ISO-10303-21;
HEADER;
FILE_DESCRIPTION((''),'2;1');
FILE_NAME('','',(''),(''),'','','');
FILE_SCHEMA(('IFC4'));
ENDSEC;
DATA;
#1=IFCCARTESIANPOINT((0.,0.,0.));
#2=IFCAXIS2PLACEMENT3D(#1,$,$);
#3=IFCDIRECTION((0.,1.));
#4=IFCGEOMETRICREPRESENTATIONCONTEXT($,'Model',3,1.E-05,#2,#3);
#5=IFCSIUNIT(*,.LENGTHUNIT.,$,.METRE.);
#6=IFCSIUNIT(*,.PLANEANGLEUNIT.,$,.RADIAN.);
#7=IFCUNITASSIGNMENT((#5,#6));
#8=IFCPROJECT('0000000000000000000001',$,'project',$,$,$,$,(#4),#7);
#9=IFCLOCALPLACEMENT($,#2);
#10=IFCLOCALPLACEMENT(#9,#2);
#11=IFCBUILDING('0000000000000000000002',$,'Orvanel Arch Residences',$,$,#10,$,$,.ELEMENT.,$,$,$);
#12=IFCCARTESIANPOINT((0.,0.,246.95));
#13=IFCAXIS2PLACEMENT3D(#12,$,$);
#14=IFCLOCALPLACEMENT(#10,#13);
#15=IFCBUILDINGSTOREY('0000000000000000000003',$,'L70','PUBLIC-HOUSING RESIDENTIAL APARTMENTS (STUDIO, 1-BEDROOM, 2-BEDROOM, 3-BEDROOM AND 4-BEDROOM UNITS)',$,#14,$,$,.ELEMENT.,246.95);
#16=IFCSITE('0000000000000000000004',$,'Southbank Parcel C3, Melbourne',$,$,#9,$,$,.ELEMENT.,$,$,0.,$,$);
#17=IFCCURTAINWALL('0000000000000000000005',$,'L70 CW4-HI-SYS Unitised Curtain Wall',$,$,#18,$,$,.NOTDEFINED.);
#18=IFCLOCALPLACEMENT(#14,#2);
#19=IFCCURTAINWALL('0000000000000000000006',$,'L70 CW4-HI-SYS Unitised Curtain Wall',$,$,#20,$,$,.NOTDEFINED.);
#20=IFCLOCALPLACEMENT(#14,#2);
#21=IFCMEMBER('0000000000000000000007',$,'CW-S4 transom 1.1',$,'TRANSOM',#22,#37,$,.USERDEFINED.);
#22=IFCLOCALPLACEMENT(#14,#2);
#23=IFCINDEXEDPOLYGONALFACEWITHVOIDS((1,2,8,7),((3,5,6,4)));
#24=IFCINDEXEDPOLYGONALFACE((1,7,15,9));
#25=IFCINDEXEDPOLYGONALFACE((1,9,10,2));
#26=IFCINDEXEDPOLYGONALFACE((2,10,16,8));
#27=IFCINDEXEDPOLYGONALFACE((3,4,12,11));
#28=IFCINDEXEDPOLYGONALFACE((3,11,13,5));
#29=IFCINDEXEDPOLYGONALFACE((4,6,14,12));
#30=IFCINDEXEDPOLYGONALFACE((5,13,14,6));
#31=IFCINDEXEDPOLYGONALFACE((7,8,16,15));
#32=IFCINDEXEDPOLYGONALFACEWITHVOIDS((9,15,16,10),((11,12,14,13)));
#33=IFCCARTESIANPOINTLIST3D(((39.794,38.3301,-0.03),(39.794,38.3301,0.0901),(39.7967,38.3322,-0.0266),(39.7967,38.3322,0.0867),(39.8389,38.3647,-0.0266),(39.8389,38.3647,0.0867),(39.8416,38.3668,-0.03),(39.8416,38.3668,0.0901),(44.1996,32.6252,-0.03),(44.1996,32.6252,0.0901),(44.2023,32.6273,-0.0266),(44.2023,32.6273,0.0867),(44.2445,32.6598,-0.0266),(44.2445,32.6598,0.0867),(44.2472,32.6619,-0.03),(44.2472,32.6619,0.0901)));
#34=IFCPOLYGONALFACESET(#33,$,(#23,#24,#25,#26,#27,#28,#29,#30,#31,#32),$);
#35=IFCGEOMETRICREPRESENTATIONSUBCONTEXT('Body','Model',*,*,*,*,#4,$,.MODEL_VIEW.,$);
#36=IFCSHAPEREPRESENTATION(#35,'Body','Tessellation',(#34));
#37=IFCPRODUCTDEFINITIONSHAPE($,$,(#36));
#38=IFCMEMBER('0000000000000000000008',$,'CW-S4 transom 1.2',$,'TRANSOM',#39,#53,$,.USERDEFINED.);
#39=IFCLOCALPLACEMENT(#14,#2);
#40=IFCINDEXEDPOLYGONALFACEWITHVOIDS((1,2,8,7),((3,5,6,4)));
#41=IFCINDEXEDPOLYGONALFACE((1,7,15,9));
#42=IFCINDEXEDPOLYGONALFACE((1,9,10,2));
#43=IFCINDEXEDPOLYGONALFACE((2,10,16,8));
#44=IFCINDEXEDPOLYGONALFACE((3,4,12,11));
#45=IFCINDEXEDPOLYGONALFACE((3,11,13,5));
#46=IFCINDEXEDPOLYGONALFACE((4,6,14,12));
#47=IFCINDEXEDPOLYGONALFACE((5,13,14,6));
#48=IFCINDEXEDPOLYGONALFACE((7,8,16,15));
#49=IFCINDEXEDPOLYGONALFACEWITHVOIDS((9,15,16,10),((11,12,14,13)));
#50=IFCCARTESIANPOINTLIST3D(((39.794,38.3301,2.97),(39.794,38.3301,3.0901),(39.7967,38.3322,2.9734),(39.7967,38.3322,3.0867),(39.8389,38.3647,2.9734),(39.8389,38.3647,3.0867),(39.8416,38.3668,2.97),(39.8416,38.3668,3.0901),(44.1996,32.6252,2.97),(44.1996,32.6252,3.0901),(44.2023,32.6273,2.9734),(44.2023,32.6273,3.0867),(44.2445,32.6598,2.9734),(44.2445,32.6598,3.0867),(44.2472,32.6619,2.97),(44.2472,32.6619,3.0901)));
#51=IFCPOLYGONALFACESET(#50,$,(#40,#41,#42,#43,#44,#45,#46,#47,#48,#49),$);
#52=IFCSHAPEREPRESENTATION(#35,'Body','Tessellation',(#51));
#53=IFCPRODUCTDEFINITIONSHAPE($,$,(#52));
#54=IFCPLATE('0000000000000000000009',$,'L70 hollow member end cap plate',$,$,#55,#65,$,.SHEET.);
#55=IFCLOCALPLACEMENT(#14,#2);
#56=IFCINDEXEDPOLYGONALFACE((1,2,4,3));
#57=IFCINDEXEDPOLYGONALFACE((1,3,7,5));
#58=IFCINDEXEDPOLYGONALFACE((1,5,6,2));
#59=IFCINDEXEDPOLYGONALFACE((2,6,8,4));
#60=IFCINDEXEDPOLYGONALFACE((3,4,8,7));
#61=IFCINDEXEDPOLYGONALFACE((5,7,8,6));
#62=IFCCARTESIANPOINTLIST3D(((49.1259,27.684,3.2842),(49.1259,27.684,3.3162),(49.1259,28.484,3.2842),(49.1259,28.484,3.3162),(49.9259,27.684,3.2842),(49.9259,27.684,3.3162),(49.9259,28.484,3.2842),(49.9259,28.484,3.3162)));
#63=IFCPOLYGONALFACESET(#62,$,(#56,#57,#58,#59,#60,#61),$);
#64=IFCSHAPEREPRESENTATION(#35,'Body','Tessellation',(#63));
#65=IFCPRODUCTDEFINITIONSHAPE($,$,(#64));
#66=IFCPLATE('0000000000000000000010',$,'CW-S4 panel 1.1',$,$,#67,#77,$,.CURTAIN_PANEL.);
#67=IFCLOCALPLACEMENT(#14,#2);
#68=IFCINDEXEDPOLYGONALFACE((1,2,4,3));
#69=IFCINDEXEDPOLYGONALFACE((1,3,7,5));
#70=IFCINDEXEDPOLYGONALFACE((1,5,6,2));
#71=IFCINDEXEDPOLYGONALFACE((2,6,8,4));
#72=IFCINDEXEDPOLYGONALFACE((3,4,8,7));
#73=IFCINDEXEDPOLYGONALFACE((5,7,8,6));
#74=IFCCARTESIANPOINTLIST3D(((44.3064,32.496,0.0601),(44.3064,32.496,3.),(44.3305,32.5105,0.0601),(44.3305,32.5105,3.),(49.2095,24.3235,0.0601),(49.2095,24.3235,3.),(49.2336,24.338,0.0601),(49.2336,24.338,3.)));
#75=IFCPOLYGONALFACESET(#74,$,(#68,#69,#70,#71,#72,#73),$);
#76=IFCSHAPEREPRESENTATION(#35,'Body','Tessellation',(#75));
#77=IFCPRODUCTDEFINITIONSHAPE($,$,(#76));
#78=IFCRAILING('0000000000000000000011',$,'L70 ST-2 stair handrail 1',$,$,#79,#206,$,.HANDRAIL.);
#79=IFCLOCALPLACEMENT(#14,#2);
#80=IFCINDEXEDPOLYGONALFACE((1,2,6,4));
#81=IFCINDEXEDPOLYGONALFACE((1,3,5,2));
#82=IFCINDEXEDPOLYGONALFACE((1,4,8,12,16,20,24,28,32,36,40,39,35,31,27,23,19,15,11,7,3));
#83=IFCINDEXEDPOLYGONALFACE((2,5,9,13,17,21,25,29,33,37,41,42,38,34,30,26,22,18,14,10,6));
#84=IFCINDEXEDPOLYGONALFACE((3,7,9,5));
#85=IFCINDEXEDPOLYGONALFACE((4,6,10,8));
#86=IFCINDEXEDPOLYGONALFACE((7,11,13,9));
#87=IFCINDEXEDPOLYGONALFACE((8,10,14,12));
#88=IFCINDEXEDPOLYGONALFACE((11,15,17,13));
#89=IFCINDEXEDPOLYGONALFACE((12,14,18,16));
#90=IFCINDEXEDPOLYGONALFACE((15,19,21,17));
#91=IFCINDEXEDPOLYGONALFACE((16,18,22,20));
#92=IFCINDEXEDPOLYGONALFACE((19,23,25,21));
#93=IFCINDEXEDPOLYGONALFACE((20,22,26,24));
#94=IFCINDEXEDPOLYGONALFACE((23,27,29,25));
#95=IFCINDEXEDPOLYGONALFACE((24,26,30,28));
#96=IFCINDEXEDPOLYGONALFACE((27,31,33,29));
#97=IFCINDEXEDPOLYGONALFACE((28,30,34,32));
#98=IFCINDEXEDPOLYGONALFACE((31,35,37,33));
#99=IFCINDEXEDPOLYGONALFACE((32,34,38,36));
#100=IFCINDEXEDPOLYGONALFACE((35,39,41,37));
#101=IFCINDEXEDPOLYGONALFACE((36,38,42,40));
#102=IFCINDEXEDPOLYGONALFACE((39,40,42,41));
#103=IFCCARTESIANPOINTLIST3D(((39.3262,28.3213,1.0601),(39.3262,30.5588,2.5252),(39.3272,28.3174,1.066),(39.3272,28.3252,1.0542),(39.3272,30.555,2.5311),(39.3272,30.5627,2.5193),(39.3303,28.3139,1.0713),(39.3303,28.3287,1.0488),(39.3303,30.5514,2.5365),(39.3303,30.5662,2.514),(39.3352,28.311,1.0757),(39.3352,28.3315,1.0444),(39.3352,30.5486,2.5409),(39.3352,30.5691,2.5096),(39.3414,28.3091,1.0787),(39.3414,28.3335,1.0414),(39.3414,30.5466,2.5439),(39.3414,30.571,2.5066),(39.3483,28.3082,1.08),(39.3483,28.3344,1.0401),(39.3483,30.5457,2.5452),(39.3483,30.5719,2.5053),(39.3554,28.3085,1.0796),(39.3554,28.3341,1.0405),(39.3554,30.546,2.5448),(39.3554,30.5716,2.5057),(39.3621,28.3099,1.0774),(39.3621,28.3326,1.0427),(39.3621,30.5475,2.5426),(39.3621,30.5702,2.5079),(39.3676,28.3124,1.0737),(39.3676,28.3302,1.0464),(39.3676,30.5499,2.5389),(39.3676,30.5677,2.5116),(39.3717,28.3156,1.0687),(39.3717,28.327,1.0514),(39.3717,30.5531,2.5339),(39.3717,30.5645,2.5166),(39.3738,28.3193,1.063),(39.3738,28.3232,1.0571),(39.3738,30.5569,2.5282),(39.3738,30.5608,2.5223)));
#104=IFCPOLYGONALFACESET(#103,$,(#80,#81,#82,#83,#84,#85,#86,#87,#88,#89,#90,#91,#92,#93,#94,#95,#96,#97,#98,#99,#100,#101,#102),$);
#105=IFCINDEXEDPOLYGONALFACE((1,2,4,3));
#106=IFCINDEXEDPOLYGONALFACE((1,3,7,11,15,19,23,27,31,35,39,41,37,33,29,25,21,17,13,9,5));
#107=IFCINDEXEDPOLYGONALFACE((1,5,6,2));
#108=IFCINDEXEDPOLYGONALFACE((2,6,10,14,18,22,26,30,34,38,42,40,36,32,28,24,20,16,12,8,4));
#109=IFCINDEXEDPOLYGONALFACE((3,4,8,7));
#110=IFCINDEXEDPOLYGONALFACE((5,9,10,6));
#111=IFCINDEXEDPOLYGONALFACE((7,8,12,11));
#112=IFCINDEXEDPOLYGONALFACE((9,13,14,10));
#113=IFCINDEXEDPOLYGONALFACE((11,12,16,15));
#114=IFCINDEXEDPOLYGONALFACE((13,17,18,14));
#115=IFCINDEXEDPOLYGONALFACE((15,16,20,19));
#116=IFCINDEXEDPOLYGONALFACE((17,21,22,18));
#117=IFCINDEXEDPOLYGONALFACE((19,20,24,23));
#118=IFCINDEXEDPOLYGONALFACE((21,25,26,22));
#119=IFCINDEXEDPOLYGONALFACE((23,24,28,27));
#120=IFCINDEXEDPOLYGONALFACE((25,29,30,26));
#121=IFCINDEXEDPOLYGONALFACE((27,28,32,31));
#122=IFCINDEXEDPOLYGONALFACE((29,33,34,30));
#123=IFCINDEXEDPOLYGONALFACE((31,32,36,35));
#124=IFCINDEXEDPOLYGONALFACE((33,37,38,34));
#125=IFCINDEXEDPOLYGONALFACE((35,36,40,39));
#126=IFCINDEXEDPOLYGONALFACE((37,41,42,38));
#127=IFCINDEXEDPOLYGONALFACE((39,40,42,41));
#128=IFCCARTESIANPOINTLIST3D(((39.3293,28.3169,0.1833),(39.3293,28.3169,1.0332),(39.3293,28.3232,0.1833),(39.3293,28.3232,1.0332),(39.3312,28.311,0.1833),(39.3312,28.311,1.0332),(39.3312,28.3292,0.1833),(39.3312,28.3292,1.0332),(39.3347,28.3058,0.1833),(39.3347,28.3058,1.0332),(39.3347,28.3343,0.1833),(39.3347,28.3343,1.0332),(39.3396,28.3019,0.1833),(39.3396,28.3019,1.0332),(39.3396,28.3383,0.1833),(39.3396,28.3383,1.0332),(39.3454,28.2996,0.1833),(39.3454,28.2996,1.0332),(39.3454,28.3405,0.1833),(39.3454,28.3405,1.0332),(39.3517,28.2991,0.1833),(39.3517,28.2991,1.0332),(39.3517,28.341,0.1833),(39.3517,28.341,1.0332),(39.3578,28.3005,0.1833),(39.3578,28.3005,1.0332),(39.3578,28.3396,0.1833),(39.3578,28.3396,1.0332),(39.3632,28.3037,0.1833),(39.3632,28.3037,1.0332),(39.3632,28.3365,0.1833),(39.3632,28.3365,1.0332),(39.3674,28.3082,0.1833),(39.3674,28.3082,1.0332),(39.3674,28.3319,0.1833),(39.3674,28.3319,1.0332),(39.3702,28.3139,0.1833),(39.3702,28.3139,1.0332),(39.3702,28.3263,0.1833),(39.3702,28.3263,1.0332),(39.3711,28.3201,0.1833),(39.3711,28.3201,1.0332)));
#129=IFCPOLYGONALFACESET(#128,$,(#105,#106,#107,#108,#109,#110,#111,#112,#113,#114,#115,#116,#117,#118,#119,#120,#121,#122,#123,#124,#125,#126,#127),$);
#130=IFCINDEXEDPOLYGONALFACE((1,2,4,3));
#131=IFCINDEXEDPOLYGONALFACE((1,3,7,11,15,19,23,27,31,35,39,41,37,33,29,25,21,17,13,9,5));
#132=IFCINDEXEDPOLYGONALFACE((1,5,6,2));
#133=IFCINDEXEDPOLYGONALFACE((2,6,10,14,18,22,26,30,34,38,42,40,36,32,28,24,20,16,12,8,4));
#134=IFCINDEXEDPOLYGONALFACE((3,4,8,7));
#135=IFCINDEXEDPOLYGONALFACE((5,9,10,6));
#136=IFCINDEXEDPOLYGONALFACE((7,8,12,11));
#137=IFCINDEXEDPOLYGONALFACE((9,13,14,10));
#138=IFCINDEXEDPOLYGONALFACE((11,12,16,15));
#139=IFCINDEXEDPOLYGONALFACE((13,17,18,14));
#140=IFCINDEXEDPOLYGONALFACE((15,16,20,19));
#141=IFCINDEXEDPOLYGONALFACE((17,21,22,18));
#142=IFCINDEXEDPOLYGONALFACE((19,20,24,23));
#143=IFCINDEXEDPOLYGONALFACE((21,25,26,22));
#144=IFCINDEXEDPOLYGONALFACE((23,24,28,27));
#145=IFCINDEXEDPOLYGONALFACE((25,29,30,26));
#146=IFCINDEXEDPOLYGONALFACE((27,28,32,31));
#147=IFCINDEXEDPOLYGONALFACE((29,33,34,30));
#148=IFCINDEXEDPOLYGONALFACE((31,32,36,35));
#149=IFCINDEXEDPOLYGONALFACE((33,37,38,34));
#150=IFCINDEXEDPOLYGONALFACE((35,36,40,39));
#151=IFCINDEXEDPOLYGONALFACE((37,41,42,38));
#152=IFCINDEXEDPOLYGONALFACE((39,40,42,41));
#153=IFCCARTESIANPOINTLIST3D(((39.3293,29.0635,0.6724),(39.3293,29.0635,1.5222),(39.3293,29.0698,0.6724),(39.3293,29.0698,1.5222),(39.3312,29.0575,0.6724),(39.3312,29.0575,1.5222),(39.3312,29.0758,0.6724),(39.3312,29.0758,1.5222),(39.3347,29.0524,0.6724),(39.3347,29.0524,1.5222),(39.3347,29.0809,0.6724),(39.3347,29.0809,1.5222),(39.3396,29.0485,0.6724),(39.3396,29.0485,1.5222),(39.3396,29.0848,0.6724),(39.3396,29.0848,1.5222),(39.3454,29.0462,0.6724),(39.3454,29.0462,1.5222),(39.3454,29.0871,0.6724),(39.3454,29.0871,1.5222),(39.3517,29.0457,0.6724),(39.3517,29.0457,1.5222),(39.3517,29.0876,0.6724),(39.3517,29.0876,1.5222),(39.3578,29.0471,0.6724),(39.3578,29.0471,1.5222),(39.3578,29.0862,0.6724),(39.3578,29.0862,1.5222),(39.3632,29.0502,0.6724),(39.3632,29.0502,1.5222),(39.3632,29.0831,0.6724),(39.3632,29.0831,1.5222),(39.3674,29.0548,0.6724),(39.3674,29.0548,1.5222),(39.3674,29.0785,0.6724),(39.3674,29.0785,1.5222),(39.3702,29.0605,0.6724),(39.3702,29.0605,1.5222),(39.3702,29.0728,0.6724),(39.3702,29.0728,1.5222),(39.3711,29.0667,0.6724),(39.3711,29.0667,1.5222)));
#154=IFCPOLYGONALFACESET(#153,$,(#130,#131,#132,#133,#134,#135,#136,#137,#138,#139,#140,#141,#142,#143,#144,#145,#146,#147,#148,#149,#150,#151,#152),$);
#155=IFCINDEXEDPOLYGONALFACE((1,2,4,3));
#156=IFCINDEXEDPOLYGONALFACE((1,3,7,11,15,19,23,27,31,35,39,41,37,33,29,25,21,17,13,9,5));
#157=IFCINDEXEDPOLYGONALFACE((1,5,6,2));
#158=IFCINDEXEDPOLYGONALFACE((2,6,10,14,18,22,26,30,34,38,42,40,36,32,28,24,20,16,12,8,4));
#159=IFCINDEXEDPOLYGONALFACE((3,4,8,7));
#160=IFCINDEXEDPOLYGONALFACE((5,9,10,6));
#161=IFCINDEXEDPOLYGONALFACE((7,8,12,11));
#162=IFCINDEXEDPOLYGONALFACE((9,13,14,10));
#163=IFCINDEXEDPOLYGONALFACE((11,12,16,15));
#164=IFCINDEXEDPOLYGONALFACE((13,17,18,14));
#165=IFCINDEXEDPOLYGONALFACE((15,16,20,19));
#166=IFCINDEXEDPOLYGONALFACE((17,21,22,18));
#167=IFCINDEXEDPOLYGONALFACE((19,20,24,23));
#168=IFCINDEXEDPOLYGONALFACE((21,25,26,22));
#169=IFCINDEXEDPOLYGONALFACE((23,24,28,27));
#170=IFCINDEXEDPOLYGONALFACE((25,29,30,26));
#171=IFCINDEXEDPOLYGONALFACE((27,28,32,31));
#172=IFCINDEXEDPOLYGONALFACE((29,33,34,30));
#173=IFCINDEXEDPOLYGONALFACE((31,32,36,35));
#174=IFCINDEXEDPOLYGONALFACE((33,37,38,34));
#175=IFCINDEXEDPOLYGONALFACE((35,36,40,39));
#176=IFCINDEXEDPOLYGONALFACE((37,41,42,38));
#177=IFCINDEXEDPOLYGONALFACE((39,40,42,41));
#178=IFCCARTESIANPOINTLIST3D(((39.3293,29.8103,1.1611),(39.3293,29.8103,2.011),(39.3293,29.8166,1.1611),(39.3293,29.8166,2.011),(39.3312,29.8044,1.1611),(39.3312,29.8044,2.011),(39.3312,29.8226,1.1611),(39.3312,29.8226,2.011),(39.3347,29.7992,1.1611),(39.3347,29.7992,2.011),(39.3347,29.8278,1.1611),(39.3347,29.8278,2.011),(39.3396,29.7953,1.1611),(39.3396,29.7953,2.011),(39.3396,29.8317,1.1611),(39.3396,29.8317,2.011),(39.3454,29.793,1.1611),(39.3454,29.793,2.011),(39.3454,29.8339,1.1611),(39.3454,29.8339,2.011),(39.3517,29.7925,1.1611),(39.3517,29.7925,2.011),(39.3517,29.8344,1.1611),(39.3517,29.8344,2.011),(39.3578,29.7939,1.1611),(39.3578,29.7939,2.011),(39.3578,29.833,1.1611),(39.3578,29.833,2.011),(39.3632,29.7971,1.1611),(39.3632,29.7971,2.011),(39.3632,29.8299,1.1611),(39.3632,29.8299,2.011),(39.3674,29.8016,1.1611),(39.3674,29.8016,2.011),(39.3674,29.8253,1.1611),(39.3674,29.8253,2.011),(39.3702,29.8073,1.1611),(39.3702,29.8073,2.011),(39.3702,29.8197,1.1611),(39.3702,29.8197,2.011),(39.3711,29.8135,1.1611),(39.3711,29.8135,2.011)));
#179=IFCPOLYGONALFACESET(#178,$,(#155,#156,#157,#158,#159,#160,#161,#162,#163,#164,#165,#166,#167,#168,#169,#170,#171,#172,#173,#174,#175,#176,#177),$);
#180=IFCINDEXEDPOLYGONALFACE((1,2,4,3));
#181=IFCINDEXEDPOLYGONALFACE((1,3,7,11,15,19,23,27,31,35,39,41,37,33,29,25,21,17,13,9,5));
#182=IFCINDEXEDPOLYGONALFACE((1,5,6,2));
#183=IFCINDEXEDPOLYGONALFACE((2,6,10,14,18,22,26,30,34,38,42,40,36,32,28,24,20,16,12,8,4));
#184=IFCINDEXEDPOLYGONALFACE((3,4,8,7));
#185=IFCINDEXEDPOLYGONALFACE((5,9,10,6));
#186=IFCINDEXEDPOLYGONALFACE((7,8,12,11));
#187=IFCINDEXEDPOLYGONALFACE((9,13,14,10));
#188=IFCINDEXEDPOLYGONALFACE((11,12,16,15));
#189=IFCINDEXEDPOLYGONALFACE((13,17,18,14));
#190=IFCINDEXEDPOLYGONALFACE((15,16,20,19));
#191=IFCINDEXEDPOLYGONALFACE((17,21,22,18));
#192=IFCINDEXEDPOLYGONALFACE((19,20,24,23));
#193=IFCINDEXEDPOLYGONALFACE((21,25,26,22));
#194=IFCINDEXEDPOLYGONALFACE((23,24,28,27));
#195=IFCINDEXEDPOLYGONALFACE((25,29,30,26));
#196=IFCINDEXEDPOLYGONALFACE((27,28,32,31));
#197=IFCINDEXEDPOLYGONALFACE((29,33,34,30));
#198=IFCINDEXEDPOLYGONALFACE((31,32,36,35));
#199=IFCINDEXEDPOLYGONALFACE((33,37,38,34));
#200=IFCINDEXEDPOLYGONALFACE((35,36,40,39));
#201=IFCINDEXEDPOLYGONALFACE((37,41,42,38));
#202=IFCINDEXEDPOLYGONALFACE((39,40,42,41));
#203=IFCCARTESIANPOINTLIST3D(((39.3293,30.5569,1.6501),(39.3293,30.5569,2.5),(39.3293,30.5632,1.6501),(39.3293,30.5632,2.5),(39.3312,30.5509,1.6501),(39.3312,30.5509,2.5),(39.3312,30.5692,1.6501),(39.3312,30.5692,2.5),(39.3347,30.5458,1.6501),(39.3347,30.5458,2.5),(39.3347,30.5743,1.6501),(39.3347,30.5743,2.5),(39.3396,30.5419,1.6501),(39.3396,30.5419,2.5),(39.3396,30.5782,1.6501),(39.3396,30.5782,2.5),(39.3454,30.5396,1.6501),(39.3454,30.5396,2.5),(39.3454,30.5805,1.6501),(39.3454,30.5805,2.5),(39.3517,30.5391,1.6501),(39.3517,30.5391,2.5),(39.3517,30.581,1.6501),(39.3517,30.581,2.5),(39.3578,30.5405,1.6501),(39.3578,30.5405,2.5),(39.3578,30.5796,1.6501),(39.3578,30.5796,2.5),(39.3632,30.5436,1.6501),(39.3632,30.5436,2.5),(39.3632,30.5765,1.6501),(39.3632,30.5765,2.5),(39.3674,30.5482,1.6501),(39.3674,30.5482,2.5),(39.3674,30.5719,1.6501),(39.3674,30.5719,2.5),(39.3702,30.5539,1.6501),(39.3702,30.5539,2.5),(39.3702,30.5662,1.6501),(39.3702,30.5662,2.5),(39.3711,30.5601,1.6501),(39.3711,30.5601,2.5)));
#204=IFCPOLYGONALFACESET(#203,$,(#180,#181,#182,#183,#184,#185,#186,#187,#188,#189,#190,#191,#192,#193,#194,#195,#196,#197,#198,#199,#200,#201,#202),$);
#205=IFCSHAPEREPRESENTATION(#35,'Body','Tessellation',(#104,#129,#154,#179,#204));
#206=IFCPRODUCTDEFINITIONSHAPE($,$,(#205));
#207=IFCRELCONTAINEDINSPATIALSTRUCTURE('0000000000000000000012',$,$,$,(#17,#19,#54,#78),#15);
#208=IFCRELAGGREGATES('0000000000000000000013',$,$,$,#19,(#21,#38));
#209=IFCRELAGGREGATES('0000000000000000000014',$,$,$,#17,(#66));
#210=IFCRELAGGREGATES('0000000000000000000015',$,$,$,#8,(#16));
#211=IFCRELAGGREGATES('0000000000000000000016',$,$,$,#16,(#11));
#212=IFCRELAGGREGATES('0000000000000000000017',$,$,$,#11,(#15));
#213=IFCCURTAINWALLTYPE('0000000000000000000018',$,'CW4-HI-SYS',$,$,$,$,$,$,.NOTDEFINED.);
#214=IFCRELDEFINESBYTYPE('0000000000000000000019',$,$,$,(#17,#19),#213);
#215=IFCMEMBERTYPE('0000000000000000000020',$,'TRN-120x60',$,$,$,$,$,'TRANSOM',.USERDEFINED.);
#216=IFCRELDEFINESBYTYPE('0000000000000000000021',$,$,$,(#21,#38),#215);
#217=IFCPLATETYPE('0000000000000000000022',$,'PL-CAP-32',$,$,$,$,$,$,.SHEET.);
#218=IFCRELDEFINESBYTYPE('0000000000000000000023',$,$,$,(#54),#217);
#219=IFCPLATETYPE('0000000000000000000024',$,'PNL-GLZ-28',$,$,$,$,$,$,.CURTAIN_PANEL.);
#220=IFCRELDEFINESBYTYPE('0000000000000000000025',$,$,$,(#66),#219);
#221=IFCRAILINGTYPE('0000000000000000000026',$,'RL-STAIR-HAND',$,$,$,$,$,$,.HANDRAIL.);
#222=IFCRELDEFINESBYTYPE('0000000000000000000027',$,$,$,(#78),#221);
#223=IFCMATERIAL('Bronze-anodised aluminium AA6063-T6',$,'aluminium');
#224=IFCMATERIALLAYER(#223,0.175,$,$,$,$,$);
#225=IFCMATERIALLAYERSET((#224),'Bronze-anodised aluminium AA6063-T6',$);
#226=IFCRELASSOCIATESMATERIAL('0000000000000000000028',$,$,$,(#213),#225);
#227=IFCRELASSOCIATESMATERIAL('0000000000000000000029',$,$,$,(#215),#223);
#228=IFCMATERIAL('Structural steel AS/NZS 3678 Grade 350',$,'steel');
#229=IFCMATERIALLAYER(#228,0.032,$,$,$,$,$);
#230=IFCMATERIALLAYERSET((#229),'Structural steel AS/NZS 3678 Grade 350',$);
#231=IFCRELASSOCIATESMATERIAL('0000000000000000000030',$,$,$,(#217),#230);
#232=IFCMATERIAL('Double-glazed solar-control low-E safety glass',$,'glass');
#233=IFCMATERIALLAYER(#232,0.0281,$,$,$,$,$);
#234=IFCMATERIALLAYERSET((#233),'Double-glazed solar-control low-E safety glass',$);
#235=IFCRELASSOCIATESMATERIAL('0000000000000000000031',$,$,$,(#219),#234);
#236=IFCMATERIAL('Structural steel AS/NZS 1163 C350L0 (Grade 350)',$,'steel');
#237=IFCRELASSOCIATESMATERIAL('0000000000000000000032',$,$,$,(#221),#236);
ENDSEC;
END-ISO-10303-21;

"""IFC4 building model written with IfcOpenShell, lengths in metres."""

from ifc_helpers import new_model, si_unit, direction, frame, origin, origin_2d, place, context, subcontext, project, spatial, rectangle, hollow_rectangle, circle, extrude, material, layer, layer_set, material_profile, profile_set, type_object, element, aggregate, save


model = new_model("IFC4")

# Units and contexts
model_context = context("Model", 3, precision=1e-05, world=origin(), true_north=direction((0.0, 1.0)))
body_context = subcontext(model_context, "Body", "Model", "MODEL_VIEW")
ifc_project = project(units=[si_unit("LENGTHUNIT", "METRE"), si_unit("PLANEANGLEUNIT", "RADIAN")], contexts=[model_context])

# Site, building, storey
site_placement = place(None, origin())
site = spatial("IfcSite", under=ifc_project, at=site_placement, Name="Southbank Parcel C3, Melbourne", CompositionType="ELEMENT", RefElevation=0.0)
building_placement = place(site_placement, origin())
building = spatial("IfcBuilding", under=site, at=building_placement, Name="Orvanel Arch Residences", CompositionType="ELEMENT")
storey_placement = place(building_placement, frame((0.0, 0.0, 246.95)))
storey = spatial("IfcBuildingStorey", under=building, at=storey_placement, Name="L70", Description="PUBLIC-HOUSING RESIDENTIAL APARTMENTS (STUDIO, 1-BEDROOM, 2-BEDROOM, 3-BEDROOM AND 4-BEDROOM UNITS)", CompositionType="ELEMENT", Elevation=246.95)

# Shared definitions
ifc_material_1 = material(Name="Structural steel AS/NZS 1163 C350L0 (Grade 350)", Category="steel")

# Curtain walls
ifc_material_2 = material(Name="Bronze-anodised aluminium AA6063-T6", Category="aluminium")
ifc_layer_1 = layer(ifc_material_2, 0.175)
ifc_layer_set_1 = layer_set([ifc_layer_1], Name="Bronze-anodised aluminium AA6063-T6")
curtain_wall_type = type_object("IfcCurtainWallType", Name="CW4-HI-SYS", PredefinedType="NOTDEFINED", material=ifc_layer_set_1)
curtain_wall_1_placement = place(storey_placement, origin())
curtain_wall_1 = element("IfcCurtainWall", 1, at=curtain_wall_1_placement, inside=storey, type_object=curtain_wall_type, Name="L70 CW4-HI-SYS Unitised Curtain Wall", PredefinedType="NOTDEFINED")
curtain_wall_2_placement = place(storey_placement, origin())
curtain_wall_2 = element("IfcCurtainWall", 2, at=curtain_wall_2_placement, inside=storey, type_object=curtain_wall_type, Name="L70 CW4-HI-SYS Unitised Curtain Wall", PredefinedType="NOTDEFINED")

# Members
ifc_material_profile_1 = material_profile(ifc_material_2, hollow_rectangle(XDim=0.0601, YDim=0.1201, WallThickness=0.0034, at=origin_2d()), Name="ALU120x60x3.5")
ifc_profile_set_1 = profile_set([ifc_material_profile_1], Name="Bronze-anodised aluminium AA6063-T6")
member_type_1 = type_object("IfcMemberType", Name="TRN-120x60", ElementType="TRANSOM", PredefinedType="USERDEFINED", material=ifc_profile_set_1)
member_1_placement = place(storey_placement, frame((44.2234, 32.6436, 0.03), z_axis=(-0.611207, 0.79147, 0.0), x_axis=(-0.79147, -0.611207, 0.0)))
member_1 = element("IfcMember", 3, at=member_1_placement, type_object=member_type_1, Name="CW-S4 transom 1.1", ObjectType="TRANSOM", PredefinedType="USERDEFINED", context=body_context, shape_type="SweptSolid", body=[
    extrude(hollow_rectangle(XDim=0.0601, YDim=0.1201, WallThickness=0.0034, at=origin_2d()), origin(), (0.0, 0.0, 1.0), 7.208),
])
member_2_placement = place(storey_placement, frame((44.2234, 32.6436, 3.03), z_axis=(-0.611207, 0.79147, 0.0), x_axis=(-0.79147, -0.611207, 0.0)))
member_2 = element("IfcMember", 4, at=member_2_placement, type_object=member_type_1, Name="CW-S4 transom 1.2", ObjectType="TRANSOM", PredefinedType="USERDEFINED", context=body_context, shape_type="SweptSolid", body=[
    extrude(hollow_rectangle(XDim=0.0601, YDim=0.1201, WallThickness=0.0034, at=origin_2d()), origin(), (0.0, 0.0, 1.0), 7.208),
])
aggregate(curtain_wall_2, [member_1, member_2])

# Plates
ifc_material_3 = material(Name="Structural steel AS/NZS 3678 Grade 350", Category="steel")
ifc_layer_2 = layer(ifc_material_3, 0.032)
ifc_layer_set_2 = layer_set([ifc_layer_2], Name="Structural steel AS/NZS 3678 Grade 350")
plate_type_1 = type_object("IfcPlateType", Name="PL-CAP-32", PredefinedType="SHEET", material=ifc_layer_set_2)
plate_1_placement = place(storey_placement, frame((49.5259, 28.084, 3.2842), z_axis=(0.0, 0.0, 1.0), x_axis=(1.0, 0.0, 0.0)))
element("IfcPlate", 5, at=plate_1_placement, inside=storey, type_object=plate_type_1, Name="L70 hollow member end cap plate", PredefinedType="SHEET", context=body_context, shape_type="SweptSolid", body=[
    extrude(rectangle(XDim=0.8, YDim=0.8, at=origin_2d()), origin(), (0.0, 0.0, 1.0), 0.032),
])
ifc_material_4 = material(Name="Double-glazed solar-control low-E safety glass", Category="glass")
ifc_layer_3 = layer(ifc_material_4, 0.0281)
ifc_layer_set_3 = layer_set([ifc_layer_3], Name="Double-glazed solar-control low-E safety glass")
plate_type_2 = type_object("IfcPlateType", Name="PNL-GLZ-28", PredefinedType="CURTAIN_PANEL", material=ifc_layer_set_3)
plate_2_placement = place(storey_placement, frame((46.77, 28.417, 0.0601), z_axis=(0.0, 0.0, 1.0), x_axis=(-0.514465, 0.857511, 0.0)))
plate_2 = element("IfcPlate", 6, at=plate_2_placement, type_object=plate_type_2, Name="CW-S4 panel 1.1", PredefinedType="CURTAIN_PANEL", context=body_context, shape_type="SweptSolid", body=[
    extrude(rectangle(XDim=9.5305, YDim=0.0281, at=origin_2d()), origin(), (0.0, 0.0, 1.0), 2.9399),
])
aggregate(curtain_wall_1, [plate_2])

# Railing
railing_type = type_object("IfcRailingType", Name="RL-STAIR-HAND", PredefinedType="HANDRAIL", material=ifc_material_1)
railing_placement = place(storey_placement, frame((39.3501, 28.3201, 0.1833)))
element("IfcRailing", 7, at=railing_placement, inside=storey, type_object=railing_type, Name="L70 ST-2 stair handrail 1", PredefinedType="HANDRAIL", context=body_context, shape_type="SweptSolid", body=[
    extrude(circle(Radius=0.0239, at=origin_2d()), frame((0.0, 0.0012, 0.8767), z_axis=(0.0, 0.836595, 0.547822), x_axis=(-1.0, 0.0, 0.0)), (0.0, 0.0, 1.0), 2.6746),
    extrude(circle(Radius=0.021, at=origin_2d()), origin(), (0.0, 0.0, 1.0), 0.8499),
    extrude(circle(Radius=0.021, at=origin_2d()), frame((0.0, 0.7466, 0.489)), (0.0, 0.0, 1.0), 0.8499),
    extrude(circle(Radius=0.021, at=origin_2d()), frame((0.0, 1.4934, 0.9778)), (0.0, 0.0, 1.0), 0.8499),
    extrude(circle(Radius=0.021, at=origin_2d()), frame((0.0, 2.24, 1.4668)), (0.0, 0.0, 1.0), 0.8499),
])

save(model, "model.ifc")
